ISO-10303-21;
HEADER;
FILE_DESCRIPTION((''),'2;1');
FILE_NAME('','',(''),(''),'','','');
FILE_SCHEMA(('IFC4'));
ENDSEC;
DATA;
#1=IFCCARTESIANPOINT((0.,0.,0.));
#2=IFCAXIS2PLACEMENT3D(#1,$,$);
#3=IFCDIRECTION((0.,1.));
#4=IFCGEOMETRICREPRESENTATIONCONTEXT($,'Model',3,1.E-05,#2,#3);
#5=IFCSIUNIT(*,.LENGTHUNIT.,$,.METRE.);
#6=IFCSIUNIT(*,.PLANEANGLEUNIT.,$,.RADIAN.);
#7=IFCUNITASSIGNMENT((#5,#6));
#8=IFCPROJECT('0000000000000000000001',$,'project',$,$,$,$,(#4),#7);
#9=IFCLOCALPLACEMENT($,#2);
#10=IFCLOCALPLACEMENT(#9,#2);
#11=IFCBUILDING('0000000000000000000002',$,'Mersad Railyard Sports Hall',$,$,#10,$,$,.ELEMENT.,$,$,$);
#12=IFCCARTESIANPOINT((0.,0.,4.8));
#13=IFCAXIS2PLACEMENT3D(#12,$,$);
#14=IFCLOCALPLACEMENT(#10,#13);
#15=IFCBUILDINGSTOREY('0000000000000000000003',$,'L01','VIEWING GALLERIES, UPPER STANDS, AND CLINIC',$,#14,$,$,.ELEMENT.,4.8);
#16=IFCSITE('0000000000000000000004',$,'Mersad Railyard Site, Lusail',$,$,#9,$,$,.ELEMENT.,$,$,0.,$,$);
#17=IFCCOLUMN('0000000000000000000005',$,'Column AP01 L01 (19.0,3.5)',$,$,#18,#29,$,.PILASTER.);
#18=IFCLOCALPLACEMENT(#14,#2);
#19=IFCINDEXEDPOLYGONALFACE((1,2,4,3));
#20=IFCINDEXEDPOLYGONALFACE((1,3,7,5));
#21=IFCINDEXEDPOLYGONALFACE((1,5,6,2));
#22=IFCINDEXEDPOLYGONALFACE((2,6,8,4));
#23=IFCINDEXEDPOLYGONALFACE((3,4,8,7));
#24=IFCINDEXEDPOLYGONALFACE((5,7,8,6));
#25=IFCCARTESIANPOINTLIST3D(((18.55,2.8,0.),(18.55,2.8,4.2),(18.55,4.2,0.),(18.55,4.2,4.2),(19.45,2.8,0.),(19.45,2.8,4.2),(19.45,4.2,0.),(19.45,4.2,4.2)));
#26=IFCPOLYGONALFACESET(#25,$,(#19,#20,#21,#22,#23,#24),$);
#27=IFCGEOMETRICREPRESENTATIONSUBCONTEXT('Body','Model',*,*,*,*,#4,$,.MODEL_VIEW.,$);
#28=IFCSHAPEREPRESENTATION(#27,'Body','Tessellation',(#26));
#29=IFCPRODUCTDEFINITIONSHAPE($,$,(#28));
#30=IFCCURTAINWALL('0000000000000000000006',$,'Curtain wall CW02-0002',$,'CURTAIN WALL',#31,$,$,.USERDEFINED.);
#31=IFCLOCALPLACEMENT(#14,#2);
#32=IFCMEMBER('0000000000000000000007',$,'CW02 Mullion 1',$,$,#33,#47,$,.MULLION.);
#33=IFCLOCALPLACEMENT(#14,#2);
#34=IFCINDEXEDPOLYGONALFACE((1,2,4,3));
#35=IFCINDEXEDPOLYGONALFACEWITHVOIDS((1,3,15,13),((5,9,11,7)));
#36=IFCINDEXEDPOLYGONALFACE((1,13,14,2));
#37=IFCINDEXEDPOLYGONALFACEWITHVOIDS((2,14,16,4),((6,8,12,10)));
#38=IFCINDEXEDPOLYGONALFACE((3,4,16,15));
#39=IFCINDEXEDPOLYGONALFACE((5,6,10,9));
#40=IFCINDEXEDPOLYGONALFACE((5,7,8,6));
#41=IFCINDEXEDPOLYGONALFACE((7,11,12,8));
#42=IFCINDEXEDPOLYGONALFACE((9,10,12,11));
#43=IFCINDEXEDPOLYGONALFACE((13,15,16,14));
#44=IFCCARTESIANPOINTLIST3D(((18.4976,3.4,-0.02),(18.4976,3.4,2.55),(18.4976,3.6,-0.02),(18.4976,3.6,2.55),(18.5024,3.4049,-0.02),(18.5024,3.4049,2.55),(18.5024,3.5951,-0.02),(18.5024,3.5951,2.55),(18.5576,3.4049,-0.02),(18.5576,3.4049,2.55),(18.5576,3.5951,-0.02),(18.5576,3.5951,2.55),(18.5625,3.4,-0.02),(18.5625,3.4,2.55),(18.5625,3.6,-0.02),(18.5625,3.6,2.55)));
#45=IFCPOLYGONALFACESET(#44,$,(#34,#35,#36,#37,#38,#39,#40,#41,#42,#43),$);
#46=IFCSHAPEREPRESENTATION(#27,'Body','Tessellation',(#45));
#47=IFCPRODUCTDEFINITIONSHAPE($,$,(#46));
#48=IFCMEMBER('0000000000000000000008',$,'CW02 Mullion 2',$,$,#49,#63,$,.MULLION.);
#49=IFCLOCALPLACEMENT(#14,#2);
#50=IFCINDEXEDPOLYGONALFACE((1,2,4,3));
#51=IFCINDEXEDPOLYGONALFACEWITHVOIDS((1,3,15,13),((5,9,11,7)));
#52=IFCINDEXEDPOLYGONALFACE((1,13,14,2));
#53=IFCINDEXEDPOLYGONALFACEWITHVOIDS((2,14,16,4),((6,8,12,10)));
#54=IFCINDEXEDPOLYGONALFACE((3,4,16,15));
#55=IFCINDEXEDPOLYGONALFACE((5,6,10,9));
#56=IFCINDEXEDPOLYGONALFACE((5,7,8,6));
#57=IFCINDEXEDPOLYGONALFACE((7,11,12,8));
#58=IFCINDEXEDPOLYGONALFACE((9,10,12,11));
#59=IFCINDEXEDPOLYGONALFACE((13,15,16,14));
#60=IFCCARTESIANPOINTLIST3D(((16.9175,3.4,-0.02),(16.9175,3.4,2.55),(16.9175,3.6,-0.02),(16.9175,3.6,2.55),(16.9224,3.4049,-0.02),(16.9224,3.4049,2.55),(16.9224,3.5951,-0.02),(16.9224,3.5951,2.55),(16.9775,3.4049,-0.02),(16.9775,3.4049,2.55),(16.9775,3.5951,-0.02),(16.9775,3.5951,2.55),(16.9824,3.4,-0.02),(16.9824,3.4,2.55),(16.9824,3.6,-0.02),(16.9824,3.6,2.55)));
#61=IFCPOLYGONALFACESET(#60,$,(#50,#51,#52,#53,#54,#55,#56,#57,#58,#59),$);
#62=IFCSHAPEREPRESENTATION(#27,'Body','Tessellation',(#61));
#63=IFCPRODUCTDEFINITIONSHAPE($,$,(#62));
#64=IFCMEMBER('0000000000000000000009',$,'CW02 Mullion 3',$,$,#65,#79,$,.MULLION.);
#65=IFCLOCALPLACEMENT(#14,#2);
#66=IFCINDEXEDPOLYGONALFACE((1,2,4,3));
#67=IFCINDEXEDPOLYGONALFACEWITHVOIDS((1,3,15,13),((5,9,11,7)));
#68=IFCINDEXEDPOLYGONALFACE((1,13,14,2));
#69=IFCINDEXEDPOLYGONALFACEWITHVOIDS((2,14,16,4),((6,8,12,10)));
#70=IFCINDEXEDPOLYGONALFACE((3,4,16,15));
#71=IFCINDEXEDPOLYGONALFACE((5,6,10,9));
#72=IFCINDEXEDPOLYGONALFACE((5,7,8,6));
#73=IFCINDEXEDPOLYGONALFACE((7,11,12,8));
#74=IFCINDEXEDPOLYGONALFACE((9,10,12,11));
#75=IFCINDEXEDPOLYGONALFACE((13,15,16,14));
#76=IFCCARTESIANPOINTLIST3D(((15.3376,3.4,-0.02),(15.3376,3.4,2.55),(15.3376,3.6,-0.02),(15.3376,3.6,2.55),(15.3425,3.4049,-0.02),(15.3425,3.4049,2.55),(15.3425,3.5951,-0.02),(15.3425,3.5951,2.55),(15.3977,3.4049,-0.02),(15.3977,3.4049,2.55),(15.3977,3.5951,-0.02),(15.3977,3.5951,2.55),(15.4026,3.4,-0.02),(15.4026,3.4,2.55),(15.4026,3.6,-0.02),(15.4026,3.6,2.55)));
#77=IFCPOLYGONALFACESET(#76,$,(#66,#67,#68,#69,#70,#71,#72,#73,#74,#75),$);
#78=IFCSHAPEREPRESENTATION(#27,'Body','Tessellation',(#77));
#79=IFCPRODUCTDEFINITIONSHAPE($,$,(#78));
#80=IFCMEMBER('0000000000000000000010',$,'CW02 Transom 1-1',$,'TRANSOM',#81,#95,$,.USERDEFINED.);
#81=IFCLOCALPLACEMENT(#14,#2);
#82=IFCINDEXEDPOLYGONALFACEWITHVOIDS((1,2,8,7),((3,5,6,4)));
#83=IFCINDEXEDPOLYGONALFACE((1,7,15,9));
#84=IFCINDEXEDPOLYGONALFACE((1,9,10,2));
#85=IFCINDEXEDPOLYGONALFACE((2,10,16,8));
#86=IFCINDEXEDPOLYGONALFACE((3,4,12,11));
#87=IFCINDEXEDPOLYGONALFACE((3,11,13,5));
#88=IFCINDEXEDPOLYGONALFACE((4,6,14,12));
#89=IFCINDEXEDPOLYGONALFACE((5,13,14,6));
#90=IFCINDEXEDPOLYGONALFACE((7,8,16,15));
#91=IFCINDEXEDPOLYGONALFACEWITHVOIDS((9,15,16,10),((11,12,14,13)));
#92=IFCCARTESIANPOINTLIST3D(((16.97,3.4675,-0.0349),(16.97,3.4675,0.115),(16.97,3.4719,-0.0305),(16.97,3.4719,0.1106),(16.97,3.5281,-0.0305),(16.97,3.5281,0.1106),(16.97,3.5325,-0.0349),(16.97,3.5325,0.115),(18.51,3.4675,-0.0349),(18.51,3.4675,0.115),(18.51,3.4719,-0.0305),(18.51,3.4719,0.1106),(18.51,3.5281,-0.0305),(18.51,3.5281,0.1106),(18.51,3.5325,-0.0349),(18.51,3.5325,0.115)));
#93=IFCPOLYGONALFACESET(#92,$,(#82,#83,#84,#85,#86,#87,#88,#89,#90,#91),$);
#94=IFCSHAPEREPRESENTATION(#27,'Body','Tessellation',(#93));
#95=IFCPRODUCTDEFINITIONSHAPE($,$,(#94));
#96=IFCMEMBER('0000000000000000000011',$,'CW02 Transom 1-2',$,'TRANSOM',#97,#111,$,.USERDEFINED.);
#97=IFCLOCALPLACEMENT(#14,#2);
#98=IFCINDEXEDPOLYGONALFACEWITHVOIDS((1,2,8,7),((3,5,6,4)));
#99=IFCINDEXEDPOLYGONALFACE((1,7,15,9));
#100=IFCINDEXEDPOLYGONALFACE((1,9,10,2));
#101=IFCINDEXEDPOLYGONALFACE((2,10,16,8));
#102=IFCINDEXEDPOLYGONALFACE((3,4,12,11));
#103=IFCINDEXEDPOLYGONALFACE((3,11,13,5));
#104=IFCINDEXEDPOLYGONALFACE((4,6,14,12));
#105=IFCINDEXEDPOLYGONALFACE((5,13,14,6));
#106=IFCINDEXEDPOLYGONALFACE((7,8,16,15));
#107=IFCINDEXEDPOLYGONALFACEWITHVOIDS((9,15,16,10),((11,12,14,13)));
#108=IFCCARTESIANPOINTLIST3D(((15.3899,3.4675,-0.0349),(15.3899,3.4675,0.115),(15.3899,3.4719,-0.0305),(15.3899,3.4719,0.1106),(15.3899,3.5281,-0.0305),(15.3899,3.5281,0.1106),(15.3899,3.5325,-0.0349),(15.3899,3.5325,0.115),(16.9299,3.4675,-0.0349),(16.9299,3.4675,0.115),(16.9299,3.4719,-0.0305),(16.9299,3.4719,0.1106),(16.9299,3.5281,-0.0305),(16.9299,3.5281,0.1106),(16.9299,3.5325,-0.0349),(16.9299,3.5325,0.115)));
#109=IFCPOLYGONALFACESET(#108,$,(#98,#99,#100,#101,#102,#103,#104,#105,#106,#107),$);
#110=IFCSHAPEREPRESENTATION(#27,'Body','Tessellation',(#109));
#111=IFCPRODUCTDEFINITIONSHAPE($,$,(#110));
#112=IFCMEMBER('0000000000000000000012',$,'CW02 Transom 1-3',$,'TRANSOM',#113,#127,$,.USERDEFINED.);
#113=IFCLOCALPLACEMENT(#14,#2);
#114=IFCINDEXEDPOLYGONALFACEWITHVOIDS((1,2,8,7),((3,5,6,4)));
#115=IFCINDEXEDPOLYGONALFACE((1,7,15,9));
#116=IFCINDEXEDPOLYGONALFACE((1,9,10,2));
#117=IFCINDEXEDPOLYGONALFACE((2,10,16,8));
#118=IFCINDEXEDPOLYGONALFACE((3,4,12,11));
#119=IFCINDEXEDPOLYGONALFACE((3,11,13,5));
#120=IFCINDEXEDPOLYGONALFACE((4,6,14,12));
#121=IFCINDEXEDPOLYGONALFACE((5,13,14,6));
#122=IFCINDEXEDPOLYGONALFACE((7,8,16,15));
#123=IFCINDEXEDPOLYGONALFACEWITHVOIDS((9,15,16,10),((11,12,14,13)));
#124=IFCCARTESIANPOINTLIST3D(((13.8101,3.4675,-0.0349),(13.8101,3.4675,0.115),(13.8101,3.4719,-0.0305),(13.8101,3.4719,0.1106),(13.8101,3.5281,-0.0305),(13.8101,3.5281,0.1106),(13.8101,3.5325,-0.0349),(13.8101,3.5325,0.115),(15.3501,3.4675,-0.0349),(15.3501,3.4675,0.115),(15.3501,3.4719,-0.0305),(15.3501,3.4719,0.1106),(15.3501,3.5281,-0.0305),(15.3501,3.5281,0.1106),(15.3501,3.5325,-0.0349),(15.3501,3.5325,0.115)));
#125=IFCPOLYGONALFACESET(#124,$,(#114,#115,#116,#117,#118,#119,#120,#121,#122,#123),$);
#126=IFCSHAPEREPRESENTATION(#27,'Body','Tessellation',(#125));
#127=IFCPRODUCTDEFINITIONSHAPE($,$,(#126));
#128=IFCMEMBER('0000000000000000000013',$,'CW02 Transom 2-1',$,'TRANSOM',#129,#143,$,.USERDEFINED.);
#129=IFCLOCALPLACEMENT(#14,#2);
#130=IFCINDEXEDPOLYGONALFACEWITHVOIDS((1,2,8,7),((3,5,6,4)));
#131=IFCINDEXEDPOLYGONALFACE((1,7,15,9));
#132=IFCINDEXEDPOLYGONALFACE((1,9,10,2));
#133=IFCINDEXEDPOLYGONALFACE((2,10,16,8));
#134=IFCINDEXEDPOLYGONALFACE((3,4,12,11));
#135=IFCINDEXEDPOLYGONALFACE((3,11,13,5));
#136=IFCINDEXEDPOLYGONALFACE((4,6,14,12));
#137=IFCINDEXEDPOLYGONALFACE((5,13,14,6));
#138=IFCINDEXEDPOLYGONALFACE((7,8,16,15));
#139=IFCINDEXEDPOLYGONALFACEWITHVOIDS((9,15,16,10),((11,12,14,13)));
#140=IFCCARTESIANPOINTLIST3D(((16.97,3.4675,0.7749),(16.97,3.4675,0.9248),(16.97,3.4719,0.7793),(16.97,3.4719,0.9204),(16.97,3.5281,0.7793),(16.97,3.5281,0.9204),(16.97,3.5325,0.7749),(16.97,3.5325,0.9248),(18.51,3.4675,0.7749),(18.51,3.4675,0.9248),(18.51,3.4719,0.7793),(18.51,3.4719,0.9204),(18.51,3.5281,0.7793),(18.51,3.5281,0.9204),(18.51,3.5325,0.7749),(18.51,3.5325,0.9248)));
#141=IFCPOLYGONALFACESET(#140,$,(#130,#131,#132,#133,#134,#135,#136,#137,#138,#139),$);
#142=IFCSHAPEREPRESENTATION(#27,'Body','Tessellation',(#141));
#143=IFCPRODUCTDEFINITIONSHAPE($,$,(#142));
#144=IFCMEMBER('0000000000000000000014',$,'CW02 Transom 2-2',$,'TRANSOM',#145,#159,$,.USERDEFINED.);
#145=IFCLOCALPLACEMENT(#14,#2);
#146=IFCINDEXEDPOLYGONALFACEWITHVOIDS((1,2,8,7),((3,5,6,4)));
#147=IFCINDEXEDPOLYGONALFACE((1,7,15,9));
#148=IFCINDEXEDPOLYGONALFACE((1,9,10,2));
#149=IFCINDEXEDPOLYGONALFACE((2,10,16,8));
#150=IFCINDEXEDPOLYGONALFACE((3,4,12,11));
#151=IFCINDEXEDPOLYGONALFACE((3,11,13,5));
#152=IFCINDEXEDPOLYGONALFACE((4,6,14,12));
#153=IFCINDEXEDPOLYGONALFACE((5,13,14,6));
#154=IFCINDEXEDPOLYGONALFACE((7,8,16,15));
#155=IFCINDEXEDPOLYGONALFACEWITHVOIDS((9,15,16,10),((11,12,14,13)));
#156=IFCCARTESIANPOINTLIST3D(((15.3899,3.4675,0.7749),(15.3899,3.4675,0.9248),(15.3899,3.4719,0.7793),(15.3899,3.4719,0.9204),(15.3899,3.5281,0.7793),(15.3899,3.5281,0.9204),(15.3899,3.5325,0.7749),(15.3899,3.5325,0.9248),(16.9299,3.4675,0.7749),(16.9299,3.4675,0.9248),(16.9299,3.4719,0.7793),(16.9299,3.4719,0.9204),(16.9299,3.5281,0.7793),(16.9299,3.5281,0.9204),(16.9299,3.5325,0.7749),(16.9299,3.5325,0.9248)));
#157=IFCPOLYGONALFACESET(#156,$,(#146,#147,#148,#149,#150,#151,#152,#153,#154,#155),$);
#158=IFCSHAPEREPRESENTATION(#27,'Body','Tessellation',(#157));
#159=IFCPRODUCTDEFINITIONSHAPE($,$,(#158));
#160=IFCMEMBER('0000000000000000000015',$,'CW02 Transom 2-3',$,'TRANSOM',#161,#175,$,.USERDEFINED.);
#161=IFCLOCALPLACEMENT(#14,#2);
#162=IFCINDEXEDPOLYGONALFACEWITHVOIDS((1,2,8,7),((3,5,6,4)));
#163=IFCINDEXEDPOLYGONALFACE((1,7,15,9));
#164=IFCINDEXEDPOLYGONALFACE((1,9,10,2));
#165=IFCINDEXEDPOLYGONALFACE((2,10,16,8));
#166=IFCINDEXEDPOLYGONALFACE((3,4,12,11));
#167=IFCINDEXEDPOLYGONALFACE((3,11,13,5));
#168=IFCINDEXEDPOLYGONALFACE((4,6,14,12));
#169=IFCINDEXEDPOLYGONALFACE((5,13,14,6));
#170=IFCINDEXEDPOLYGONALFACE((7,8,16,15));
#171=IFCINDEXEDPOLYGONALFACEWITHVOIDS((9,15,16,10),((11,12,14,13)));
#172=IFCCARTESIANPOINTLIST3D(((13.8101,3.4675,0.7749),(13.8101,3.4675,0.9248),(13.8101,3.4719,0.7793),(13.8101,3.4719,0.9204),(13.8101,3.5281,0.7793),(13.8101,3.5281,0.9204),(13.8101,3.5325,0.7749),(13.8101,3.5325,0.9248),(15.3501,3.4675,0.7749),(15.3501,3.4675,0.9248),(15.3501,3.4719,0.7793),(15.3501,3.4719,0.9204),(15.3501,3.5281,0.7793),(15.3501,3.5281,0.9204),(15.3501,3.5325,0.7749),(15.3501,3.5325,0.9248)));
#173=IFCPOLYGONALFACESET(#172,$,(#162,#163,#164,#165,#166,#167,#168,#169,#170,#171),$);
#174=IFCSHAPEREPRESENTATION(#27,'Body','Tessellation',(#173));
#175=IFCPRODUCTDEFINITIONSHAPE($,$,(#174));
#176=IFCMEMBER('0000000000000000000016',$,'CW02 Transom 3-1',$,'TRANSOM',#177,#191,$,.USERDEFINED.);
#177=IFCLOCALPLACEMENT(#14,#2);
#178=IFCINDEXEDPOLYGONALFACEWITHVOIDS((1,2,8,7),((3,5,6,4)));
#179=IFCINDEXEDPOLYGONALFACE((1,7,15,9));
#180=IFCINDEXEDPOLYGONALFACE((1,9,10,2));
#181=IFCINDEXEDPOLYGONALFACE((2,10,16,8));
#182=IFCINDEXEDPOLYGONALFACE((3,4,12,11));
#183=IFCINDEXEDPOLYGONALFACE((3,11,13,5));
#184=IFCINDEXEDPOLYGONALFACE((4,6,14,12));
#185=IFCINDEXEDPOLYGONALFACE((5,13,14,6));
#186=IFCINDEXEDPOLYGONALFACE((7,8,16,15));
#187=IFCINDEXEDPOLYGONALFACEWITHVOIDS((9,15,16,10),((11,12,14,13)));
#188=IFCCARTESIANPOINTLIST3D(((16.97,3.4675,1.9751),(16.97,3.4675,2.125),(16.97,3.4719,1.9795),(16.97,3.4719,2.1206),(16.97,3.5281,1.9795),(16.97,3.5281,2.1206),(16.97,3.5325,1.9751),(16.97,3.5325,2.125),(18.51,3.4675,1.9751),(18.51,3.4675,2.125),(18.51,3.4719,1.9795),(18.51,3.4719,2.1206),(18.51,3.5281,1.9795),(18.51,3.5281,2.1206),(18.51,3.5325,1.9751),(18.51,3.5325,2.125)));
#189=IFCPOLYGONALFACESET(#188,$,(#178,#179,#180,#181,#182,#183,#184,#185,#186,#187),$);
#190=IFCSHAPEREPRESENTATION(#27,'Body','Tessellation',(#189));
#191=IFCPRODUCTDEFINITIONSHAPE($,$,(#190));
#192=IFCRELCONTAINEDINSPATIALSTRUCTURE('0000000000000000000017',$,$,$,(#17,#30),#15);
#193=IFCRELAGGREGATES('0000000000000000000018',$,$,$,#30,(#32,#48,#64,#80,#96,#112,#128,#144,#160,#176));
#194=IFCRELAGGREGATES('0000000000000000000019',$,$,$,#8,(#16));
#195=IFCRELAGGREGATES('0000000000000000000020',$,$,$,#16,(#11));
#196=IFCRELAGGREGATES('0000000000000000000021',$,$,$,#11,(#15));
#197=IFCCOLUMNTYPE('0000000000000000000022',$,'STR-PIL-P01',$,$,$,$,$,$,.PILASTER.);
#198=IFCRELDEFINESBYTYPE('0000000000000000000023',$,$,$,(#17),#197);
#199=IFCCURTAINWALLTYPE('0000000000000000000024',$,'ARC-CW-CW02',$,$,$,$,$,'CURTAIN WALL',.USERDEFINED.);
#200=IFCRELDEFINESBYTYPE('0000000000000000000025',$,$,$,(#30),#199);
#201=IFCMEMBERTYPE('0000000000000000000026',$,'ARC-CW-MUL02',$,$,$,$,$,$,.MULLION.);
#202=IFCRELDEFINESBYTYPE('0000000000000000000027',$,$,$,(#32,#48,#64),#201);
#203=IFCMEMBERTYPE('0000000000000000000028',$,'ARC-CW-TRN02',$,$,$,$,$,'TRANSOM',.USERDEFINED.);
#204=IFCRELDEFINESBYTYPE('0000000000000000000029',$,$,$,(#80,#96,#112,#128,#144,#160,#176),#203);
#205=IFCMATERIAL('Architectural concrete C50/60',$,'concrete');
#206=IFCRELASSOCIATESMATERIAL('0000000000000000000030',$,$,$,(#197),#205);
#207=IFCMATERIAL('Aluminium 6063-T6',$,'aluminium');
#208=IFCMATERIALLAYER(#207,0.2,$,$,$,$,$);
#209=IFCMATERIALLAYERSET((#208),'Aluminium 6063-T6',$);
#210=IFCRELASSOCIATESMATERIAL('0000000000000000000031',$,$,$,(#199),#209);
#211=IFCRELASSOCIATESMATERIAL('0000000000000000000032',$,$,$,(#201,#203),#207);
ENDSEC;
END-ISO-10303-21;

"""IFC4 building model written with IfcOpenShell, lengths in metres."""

from ifc_helpers import new_model, si_unit, direction, frame, origin, origin_2d, place, context, subcontext, project, spatial, rectangle, hollow_rectangle, extrude, material, layer, layer_set, material_profile, profile_set, type_object, element, aggregate, save


model = new_model("IFC4")

# Units and contexts
model_context = context("Model", 3, precision=1e-05, world=origin(), true_north=direction((0.0, 1.0)))
body_context = subcontext(model_context, "Body", "Model", "MODEL_VIEW")
ifc_project = project(units=[si_unit("LENGTHUNIT", "METRE"), si_unit("PLANEANGLEUNIT", "RADIAN")], contexts=[model_context])

# Site, building, storey
site_placement = place(None, origin())
site = spatial("IfcSite", under=ifc_project, at=site_placement, Name="Mersad Railyard Site, Lusail", CompositionType="ELEMENT", RefElevation=0.0)
building_placement = place(site_placement, origin())
building = spatial("IfcBuilding", under=site, at=building_placement, Name="Mersad Railyard Sports Hall", CompositionType="ELEMENT")
storey_placement = place(building_placement, frame((0.0, 0.0, 4.8)))
storey = spatial("IfcBuildingStorey", under=building, at=storey_placement, Name="L01", Description="VIEWING GALLERIES, UPPER STANDS, AND CLINIC", CompositionType="ELEMENT", Elevation=4.8)

# Column
ifc_material_1 = material(Name="Architectural concrete C50/60", Category="concrete")
ifc_material_profile_1 = material_profile(ifc_material_1, rectangle(XDim=0.8999, YDim=1.3999, at=origin_2d()), Name="RC 900x1400")
ifc_profile_set_1 = profile_set([ifc_material_profile_1], Name="Architectural concrete C50/60")
column_type = type_object("IfcColumnType", Name="STR-PIL-P01", PredefinedType="PILASTER", material=ifc_profile_set_1)
column_placement = place(storey_placement, frame((19.0, 3.5, 0.0), z_axis=(0.0, 0.0, 1.0), x_axis=(1.0, 0.0, 0.0)))
element("IfcColumn", 1, at=column_placement, inside=storey, type_object=column_type, Name="Column AP01 L01 (19.0,3.5)", PredefinedType="PILASTER", context=body_context, shape_type="SweptSolid", body=[
    extrude(rectangle(XDim=0.8999, YDim=1.3999, at=origin_2d()), origin(), (0.0, 0.0, 1.0), 4.2),
])

# Curtain wall, members
ifc_material_2 = material(Name="Aluminium 6063-T6", Category="aluminium")
ifc_layer_1 = layer(ifc_material_2, 0.2)
ifc_layer_set_1 = layer_set([ifc_layer_1], Name="Aluminium 6063-T6")
curtain_wall_type = type_object("IfcCurtainWallType", Name="ARC-CW-CW02", ElementType="CURTAIN WALL", PredefinedType="USERDEFINED", material=ifc_layer_set_1)
curtain_wall_placement = place(storey_placement, origin())
curtain_wall = element("IfcCurtainWall", 2, at=curtain_wall_placement, inside=storey, type_object=curtain_wall_type, Name="Curtain wall CW02-0002", ObjectType="CURTAIN WALL", PredefinedType="USERDEFINED")
ifc_material_profile_2 = material_profile(ifc_material_2, hollow_rectangle(XDim=0.0649, YDim=0.2, WallThickness=0.0049, at=origin_2d()), Name="AL MULLION 65x200x5")
ifc_profile_set_2 = profile_set([ifc_material_profile_2], Name="Aluminium 6063-T6")
member_type_1 = type_object("IfcMemberType", Name="ARC-CW-MUL02", PredefinedType="MULLION", material=ifc_profile_set_2)
member_1_placement = place(storey_placement, frame((18.53, 3.5, -0.02), z_axis=(0.0, 0.0, 1.0), x_axis=(1.0, 0.0, 0.0)))
member_1 = element("IfcMember", 3, at=member_1_placement, type_object=member_type_1, Name="CW02 Mullion 1", PredefinedType="MULLION", context=body_context, shape_type="SweptSolid", body=[
    extrude(hollow_rectangle(XDim=0.0649, YDim=0.2, WallThickness=0.0049, at=origin_2d()), origin(), (0.0, 0.0, 1.0), 2.5701),
])
member_2_placement = place(storey_placement, frame((16.95, 3.5, -0.02), z_axis=(0.0, 0.0, 1.0), x_axis=(1.0, 0.0, 0.0)))
member_2 = element("IfcMember", 4, at=member_2_placement, type_object=member_type_1, Name="CW02 Mullion 2", PredefinedType="MULLION", context=body_context, shape_type="SweptSolid", body=[
    extrude(hollow_rectangle(XDim=0.0649, YDim=0.2, WallThickness=0.0049, at=origin_2d()), origin(), (0.0, 0.0, 1.0), 2.5701),
])
member_3_placement = place(storey_placement, frame((15.3701, 3.5, -0.02), z_axis=(0.0, 0.0, 1.0), x_axis=(1.0, 0.0, 0.0)))
member_3 = element("IfcMember", 5, at=member_3_placement, type_object=member_type_1, Name="CW02 Mullion 3", PredefinedType="MULLION", context=body_context, shape_type="SweptSolid", body=[
    extrude(hollow_rectangle(XDim=0.0649, YDim=0.2, WallThickness=0.0049, at=origin_2d()), origin(), (0.0, 0.0, 1.0), 2.5701),
])
ifc_material_profile_3 = material_profile(ifc_material_2, hollow_rectangle(XDim=0.0649, YDim=0.1499, WallThickness=0.0044, at=origin_2d()), Name="AL TRANSOM 65x150x4.5")
ifc_profile_set_3 = profile_set([ifc_material_profile_3], Name="Aluminium 6063-T6")
member_type_2 = type_object("IfcMemberType", Name="ARC-CW-TRN02", ElementType="TRANSOM", PredefinedType="USERDEFINED", material=ifc_profile_set_3)
member_4_placement = place(storey_placement, frame((18.51, 3.5, 0.04), z_axis=(-1.0, 0.0, 0.0), x_axis=(0.0, -1.0, 0.0)))
member_4 = element("IfcMember", 6, at=member_4_placement, type_object=member_type_2, Name="CW02 Transom 1-1", ObjectType="TRANSOM", PredefinedType="USERDEFINED", context=body_context, shape_type="SweptSolid", body=[
    extrude(hollow_rectangle(XDim=0.0649, YDim=0.1499, WallThickness=0.0044, at=origin_2d()), origin(), (0.0, 0.0, 1.0), 1.54),
])
member_5_placement = place(storey_placement, frame((16.9299, 3.5, 0.04), z_axis=(-1.0, 0.0, 0.0), x_axis=(0.0, -1.0, 0.0)))
member_5 = element("IfcMember", 7, at=member_5_placement, type_object=member_type_2, Name="CW02 Transom 1-2", ObjectType="TRANSOM", PredefinedType="USERDEFINED", context=body_context, shape_type="SweptSolid", body=[
    extrude(hollow_rectangle(XDim=0.0649, YDim=0.1499, WallThickness=0.0044, at=origin_2d()), origin(), (0.0, 0.0, 1.0), 1.54),
])
member_6_placement = place(storey_placement, frame((15.3501, 3.5, 0.04), z_axis=(-1.0, 0.0, 0.0), x_axis=(0.0, -1.0, 0.0)))
member_6 = element("IfcMember", 8, at=member_6_placement, type_object=member_type_2, Name="CW02 Transom 1-3", ObjectType="TRANSOM", PredefinedType="USERDEFINED", context=body_context, shape_type="SweptSolid", body=[
    extrude(hollow_rectangle(XDim=0.0649, YDim=0.1499, WallThickness=0.0044, at=origin_2d()), origin(), (0.0, 0.0, 1.0), 1.54),
])
member_7_placement = place(storey_placement, frame((18.51, 3.5, 0.8499), z_axis=(-1.0, 0.0, 0.0), x_axis=(0.0, -1.0, 0.0)))
member_7 = element("IfcMember", 9, at=member_7_placement, type_object=member_type_2, Name="CW02 Transom 2-1", ObjectType="TRANSOM", PredefinedType="USERDEFINED", context=body_context, shape_type="SweptSolid", body=[
    extrude(hollow_rectangle(XDim=0.0649, YDim=0.1499, WallThickness=0.0044, at=origin_2d()), origin(), (0.0, 0.0, 1.0), 1.54),
])
member_8_placement = place(storey_placement, frame((16.9299, 3.5, 0.8499), z_axis=(-1.0, 0.0, 0.0), x_axis=(0.0, -1.0, 0.0)))
member_8 = element("IfcMember", 10, at=member_8_placement, type_object=member_type_2, Name="CW02 Transom 2-2", ObjectType="TRANSOM", PredefinedType="USERDEFINED", context=body_context, shape_type="SweptSolid", body=[
    extrude(hollow_rectangle(XDim=0.0649, YDim=0.1499, WallThickness=0.0044, at=origin_2d()), origin(), (0.0, 0.0, 1.0), 1.54),
])
member_9_placement = place(storey_placement, frame((15.3501, 3.5, 0.8499), z_axis=(-1.0, 0.0, 0.0), x_axis=(0.0, -1.0, 0.0)))
member_9 = element("IfcMember", 11, at=member_9_placement, type_object=member_type_2, Name="CW02 Transom 2-3", ObjectType="TRANSOM", PredefinedType="USERDEFINED", context=body_context, shape_type="SweptSolid", body=[
    extrude(hollow_rectangle(XDim=0.0649, YDim=0.1499, WallThickness=0.0044, at=origin_2d()), origin(), (0.0, 0.0, 1.0), 1.54),
])
member_10_placement = place(storey_placement, frame((18.51, 3.5, 2.05), z_axis=(-1.0, 0.0, 0.0), x_axis=(0.0, -1.0, 0.0)))
member_10 = element("IfcMember", 12, at=member_10_placement, type_object=member_type_2, Name="CW02 Transom 3-1", ObjectType="TRANSOM", PredefinedType="USERDEFINED", context=body_context, shape_type="SweptSolid", body=[
    extrude(hollow_rectangle(XDim=0.0649, YDim=0.1499, WallThickness=0.0044, at=origin_2d()), origin(), (0.0, 0.0, 1.0), 1.54),
])

aggregate(curtain_wall, [member_1, member_2, member_3, member_4, member_5, member_6, member_7, member_8, member_9, member_10])

save(model, "model.ifc")
